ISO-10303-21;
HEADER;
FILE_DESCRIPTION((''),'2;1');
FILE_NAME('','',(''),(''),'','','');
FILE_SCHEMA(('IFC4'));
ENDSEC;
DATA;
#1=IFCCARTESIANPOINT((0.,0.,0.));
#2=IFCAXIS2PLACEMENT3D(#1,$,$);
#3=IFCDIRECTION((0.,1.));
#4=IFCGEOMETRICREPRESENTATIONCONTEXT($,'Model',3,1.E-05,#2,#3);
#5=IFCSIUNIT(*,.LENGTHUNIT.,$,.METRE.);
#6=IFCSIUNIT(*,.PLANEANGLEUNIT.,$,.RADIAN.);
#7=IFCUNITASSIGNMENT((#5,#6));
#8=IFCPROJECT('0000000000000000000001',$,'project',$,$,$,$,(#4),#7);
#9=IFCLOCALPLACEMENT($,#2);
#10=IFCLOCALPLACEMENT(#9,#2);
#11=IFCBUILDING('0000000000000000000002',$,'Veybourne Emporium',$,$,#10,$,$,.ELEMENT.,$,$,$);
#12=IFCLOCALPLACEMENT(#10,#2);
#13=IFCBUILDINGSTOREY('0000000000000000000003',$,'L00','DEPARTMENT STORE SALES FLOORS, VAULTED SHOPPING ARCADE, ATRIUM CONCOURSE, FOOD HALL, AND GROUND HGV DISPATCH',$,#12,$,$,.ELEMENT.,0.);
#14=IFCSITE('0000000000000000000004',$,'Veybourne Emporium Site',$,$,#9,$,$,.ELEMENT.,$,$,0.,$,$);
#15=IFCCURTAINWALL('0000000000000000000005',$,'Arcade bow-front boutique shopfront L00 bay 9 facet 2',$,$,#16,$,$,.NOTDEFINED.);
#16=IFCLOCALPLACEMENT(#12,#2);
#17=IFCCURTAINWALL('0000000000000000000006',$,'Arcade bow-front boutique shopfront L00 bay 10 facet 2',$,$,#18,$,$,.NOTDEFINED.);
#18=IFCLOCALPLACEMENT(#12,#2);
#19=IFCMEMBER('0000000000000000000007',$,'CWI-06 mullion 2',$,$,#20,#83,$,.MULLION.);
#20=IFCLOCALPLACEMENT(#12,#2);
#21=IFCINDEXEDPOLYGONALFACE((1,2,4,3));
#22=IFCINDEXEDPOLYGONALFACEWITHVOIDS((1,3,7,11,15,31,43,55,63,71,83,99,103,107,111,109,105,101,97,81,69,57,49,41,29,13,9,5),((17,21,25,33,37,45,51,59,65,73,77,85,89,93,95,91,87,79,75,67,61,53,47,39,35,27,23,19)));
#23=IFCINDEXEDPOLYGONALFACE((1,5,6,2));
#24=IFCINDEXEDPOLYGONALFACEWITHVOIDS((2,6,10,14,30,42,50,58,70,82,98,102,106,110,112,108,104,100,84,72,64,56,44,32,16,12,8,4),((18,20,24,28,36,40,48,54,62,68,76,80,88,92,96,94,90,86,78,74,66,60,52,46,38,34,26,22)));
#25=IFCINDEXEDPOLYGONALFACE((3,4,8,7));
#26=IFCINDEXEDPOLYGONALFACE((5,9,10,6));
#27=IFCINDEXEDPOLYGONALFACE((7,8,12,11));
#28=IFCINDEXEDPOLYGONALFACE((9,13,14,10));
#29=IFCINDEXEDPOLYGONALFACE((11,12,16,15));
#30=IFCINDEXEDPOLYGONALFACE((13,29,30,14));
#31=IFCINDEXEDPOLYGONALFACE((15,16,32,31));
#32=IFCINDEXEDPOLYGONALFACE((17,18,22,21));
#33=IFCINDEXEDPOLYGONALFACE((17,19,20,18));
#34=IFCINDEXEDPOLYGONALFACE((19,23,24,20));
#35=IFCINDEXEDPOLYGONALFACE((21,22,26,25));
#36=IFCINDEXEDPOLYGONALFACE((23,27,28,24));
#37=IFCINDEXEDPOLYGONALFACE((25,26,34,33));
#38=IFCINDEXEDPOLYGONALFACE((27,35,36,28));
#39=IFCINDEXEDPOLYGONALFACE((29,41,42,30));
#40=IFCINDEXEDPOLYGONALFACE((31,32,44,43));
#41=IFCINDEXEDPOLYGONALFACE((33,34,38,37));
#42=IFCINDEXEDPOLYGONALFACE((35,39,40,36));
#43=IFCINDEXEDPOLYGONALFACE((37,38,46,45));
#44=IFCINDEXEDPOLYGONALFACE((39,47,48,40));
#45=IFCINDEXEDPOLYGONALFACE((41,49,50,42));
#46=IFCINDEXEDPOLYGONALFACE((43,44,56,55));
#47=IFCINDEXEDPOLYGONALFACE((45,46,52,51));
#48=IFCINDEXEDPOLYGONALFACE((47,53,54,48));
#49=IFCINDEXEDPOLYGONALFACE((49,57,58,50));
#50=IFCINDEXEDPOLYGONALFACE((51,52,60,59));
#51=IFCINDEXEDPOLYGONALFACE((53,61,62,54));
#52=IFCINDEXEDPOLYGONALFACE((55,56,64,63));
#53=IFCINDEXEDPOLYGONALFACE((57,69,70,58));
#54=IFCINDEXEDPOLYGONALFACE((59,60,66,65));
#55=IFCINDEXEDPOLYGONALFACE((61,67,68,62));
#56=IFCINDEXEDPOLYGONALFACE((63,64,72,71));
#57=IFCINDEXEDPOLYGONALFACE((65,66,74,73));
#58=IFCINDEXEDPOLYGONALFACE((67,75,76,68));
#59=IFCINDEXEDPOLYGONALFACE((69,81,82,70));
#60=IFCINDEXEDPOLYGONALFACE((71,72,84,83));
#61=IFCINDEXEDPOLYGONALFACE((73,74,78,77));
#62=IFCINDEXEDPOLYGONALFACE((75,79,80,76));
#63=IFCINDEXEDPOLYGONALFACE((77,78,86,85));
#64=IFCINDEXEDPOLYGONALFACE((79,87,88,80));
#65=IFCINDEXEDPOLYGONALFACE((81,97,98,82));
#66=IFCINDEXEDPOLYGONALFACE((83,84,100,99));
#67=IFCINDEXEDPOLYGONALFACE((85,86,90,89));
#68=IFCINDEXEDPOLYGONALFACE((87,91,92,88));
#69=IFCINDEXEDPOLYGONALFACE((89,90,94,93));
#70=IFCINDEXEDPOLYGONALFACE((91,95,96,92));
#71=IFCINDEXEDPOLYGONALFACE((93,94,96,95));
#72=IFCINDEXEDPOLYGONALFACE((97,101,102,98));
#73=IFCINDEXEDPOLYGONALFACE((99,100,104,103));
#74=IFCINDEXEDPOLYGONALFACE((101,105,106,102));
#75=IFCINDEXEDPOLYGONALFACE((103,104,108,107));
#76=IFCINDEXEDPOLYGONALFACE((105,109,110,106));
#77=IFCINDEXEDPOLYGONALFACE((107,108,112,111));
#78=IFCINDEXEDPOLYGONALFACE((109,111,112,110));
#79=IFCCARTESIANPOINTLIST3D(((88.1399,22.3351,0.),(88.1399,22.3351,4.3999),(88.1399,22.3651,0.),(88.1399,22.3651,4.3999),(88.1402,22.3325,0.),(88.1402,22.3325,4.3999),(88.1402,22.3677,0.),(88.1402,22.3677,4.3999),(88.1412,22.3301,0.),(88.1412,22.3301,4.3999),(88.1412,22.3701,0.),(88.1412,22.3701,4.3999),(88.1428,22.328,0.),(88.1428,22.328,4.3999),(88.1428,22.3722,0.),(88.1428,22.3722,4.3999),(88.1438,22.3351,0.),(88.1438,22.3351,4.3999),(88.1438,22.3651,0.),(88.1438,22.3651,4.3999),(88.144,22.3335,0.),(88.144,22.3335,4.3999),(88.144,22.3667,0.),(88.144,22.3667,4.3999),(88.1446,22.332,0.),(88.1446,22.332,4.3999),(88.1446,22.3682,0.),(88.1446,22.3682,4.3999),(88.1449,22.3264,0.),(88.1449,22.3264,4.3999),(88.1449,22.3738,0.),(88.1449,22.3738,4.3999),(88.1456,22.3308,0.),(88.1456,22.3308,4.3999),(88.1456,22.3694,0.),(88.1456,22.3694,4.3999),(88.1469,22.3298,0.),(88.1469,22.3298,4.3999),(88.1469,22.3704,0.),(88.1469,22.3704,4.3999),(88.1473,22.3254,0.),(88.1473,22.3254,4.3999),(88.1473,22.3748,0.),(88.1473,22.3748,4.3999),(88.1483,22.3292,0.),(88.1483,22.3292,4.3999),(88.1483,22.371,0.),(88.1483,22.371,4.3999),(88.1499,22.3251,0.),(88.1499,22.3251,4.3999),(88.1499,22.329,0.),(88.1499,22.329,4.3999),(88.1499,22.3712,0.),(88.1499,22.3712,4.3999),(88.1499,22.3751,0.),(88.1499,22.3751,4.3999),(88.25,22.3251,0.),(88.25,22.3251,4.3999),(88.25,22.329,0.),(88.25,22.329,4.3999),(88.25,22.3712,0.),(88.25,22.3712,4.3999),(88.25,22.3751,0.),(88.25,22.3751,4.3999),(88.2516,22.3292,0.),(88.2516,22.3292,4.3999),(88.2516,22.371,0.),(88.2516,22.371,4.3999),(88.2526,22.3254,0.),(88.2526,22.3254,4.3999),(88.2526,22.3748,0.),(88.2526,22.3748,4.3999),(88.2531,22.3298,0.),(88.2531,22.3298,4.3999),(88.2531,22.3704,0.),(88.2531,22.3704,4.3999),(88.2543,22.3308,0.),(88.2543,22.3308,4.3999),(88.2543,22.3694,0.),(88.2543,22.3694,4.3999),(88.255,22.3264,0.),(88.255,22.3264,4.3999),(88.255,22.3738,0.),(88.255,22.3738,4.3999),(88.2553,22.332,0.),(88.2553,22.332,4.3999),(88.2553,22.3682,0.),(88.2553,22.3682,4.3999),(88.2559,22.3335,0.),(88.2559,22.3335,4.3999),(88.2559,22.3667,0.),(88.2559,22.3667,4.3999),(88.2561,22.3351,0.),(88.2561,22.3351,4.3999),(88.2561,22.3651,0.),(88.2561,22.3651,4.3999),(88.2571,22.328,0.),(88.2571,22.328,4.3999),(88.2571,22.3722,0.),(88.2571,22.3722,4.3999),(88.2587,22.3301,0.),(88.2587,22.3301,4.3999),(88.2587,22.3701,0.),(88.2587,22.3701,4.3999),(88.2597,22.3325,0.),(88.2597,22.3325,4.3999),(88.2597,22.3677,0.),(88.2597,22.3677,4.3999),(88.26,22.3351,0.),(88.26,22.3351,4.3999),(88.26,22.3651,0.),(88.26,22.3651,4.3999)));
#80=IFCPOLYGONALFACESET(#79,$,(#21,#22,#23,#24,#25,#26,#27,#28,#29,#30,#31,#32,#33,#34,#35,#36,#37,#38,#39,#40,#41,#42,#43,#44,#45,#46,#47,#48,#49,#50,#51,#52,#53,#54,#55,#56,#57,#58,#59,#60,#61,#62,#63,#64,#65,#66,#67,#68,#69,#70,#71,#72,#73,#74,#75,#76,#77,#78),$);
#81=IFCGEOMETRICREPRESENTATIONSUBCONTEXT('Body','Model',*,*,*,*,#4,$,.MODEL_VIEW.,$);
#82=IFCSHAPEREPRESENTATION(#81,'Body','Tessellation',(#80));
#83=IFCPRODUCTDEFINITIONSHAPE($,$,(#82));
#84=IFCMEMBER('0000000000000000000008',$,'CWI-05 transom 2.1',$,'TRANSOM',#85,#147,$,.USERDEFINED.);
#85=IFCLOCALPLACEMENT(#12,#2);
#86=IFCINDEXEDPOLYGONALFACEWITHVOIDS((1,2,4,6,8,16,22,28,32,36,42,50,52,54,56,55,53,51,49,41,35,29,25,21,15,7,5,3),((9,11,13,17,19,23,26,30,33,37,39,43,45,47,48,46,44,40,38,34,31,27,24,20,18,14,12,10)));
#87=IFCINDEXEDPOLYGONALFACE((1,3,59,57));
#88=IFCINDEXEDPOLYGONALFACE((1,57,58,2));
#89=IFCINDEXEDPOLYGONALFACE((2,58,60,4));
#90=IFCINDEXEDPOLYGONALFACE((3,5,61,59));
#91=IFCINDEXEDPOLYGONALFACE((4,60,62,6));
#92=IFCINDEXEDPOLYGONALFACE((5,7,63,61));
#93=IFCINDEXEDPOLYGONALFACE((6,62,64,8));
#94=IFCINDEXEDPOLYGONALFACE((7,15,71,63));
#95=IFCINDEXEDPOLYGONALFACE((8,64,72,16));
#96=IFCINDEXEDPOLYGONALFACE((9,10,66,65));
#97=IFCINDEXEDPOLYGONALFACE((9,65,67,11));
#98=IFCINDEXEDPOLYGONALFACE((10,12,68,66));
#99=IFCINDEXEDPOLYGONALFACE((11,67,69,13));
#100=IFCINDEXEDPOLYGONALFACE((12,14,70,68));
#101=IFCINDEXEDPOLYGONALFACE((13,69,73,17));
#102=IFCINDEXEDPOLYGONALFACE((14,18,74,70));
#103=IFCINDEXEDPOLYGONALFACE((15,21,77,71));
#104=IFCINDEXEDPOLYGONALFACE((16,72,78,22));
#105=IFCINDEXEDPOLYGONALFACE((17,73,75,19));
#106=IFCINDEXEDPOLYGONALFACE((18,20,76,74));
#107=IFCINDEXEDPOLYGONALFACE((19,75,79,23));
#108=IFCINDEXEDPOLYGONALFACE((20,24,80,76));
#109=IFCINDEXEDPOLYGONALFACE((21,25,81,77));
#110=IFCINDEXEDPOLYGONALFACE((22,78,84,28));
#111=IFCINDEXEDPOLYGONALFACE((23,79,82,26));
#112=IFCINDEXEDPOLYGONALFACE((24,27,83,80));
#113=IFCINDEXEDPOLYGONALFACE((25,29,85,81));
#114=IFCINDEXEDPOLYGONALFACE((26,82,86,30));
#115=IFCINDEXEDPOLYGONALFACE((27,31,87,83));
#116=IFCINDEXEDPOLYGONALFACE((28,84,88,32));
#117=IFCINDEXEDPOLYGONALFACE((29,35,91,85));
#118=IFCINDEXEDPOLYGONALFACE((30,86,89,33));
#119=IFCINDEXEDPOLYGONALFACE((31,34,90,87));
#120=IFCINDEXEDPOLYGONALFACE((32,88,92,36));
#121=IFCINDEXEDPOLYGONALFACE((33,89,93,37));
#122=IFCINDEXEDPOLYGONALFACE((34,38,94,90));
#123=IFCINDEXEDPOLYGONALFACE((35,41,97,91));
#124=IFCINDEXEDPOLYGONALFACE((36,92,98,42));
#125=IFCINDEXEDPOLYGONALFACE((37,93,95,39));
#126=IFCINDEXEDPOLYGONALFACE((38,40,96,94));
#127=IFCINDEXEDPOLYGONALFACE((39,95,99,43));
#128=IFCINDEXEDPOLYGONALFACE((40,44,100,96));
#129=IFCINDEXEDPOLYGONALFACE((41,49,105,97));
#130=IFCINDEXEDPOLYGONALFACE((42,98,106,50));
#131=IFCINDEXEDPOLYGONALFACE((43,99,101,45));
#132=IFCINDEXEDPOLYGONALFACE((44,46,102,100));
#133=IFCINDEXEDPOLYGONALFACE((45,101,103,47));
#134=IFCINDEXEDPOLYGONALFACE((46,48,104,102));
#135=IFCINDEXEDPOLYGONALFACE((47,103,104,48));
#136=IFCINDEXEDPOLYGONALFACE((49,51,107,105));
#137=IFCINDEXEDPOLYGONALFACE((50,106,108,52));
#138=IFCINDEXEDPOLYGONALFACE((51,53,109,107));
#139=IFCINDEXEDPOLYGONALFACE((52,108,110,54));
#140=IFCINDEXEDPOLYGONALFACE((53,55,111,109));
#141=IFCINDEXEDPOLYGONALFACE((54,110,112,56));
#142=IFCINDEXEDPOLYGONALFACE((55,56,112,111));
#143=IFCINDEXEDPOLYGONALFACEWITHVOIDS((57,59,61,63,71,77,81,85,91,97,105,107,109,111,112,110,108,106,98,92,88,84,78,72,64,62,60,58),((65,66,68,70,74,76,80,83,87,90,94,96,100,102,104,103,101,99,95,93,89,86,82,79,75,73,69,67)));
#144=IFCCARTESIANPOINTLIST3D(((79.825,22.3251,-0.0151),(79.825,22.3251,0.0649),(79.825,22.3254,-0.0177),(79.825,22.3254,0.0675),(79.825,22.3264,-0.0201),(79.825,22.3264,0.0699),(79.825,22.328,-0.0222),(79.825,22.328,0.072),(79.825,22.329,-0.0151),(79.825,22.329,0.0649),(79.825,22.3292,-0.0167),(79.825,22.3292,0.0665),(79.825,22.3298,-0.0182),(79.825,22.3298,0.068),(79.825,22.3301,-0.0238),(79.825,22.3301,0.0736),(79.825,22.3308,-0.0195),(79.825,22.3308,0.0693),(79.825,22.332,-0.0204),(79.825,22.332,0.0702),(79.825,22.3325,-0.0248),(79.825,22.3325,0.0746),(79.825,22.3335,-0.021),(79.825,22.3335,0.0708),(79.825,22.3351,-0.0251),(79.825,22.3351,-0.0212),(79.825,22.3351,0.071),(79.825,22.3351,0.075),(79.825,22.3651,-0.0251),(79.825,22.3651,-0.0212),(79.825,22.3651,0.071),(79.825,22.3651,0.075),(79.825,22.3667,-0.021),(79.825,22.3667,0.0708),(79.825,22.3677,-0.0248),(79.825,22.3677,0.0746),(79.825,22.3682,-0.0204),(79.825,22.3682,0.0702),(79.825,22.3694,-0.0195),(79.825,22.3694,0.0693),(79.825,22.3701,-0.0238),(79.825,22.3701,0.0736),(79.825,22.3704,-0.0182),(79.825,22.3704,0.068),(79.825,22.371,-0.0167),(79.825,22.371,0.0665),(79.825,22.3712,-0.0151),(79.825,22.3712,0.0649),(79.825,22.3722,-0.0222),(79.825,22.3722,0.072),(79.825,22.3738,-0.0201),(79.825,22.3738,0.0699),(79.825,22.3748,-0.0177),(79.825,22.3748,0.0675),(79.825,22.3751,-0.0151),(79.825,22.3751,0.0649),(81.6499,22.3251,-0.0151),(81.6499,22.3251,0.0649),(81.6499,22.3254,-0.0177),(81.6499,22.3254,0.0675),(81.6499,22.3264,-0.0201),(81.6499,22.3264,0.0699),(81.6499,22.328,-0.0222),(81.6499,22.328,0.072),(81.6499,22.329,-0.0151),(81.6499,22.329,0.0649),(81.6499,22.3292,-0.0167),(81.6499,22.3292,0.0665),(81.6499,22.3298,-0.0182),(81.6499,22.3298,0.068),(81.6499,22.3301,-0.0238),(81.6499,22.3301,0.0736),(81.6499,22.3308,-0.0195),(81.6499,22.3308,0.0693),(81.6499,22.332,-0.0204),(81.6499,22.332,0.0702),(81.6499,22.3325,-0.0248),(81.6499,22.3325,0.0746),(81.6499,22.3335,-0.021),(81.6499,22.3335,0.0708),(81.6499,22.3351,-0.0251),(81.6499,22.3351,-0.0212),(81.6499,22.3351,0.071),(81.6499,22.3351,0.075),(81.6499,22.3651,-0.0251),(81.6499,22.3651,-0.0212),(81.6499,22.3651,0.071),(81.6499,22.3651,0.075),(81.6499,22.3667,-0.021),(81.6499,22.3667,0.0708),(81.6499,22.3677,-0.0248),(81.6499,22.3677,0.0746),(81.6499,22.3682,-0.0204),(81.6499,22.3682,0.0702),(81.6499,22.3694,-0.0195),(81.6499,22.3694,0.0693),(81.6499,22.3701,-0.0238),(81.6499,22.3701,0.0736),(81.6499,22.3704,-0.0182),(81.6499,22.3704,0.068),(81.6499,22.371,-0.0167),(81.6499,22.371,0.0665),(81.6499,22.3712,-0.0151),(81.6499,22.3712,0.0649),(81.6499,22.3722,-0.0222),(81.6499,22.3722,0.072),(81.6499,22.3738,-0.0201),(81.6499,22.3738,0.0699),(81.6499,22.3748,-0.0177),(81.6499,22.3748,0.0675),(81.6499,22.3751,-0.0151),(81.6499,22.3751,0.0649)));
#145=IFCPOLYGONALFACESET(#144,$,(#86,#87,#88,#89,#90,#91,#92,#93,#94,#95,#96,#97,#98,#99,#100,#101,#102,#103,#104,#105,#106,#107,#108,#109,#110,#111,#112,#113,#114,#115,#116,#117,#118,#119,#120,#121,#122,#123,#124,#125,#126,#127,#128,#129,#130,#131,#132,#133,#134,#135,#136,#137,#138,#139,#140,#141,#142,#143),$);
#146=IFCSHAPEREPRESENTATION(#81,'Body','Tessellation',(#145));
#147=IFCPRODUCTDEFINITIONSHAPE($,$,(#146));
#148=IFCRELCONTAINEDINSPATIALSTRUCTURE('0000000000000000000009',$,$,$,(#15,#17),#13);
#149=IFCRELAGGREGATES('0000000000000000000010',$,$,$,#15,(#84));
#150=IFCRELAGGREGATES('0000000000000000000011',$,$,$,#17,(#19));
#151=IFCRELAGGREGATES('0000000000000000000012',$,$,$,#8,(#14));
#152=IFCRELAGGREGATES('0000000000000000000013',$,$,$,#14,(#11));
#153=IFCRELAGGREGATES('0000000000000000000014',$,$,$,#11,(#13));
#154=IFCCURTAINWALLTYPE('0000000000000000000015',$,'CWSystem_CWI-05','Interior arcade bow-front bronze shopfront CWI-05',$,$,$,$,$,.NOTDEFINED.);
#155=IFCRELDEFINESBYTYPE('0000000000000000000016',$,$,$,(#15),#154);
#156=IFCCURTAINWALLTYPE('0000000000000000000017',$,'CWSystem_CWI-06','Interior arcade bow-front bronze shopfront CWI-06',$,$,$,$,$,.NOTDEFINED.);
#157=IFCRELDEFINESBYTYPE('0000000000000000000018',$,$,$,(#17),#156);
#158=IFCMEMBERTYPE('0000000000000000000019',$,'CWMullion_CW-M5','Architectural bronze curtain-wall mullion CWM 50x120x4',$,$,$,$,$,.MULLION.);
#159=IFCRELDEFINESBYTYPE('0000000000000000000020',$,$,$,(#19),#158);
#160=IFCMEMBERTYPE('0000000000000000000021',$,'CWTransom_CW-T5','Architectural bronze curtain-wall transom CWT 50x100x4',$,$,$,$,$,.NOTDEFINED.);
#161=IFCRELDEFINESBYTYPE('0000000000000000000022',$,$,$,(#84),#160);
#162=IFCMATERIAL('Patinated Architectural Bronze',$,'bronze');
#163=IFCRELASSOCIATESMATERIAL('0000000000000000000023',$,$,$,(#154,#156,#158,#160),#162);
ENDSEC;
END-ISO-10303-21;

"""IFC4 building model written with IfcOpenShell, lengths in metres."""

from ifc_helpers import new_model, si_unit, direction, frame, origin, origin_2d, place, context, subcontext, project, spatial, hollow_rectangle, extrude, material, material_profile, profile_set, type_object, element, aggregate, save


model = new_model("IFC4")

# Units and contexts
model_context = context("Model", 3, precision=1e-05, world=origin(), true_north=direction((0.0, 1.0)))
body_context = subcontext(model_context, "Body", "Model", "MODEL_VIEW")
ifc_project = project(units=[si_unit("LENGTHUNIT", "METRE"), si_unit("PLANEANGLEUNIT", "RADIAN")], contexts=[model_context])

# Site, building, storey
site_placement = place(None, origin())
site = spatial("IfcSite", under=ifc_project, at=site_placement, Name="Veybourne Emporium Site", CompositionType="ELEMENT", RefElevation=0.0)
building_placement = place(site_placement, origin())
building = spatial("IfcBuilding", under=site, at=building_placement, Name="Veybourne Emporium", CompositionType="ELEMENT")
storey_placement = place(building_placement, origin())
storey = spatial("IfcBuildingStorey", under=building, at=storey_placement, Name="L00", Description="DEPARTMENT STORE SALES FLOORS, VAULTED SHOPPING ARCADE, ATRIUM CONCOURSE, FOOD HALL, AND GROUND HGV DISPATCH", CompositionType="ELEMENT", Elevation=0.0)

# Curtain wall
ifc_material_1 = material(Name="Patinated Architectural Bronze", Category="bronze")
curtain_wall_type_1 = type_object("IfcCurtainWallType", Name="CWSystem_CWI-05", Description="Interior arcade bow-front bronze shopfront CWI-05", PredefinedType="NOTDEFINED", material=ifc_material_1)
curtain_wall_1_placement = place(storey_placement, origin())
curtain_wall_1 = element("IfcCurtainWall", 1, at=curtain_wall_1_placement, inside=storey, type_object=curtain_wall_type_1, Name="Arcade bow-front boutique shopfront L00 bay 9 facet 2", PredefinedType="NOTDEFINED")
ifc_material_profile_1 = material_profile(ifc_material_1, hollow_rectangle(XDim=0.05, YDim=0.1201, WallThickness=0.0039, InnerFilletRadius=0.0061, OuterFilletRadius=0.01, at=origin_2d()), Name="CWM 50x120x4")
ifc_profile_set_1 = profile_set([ifc_material_profile_1], Name="Patinated Architectural Bronze")
member_type_1 = type_object("IfcMemberType", Name="CWMullion_CW-M5", Description="Architectural bronze curtain-wall mullion CWM 50x120x4", PredefinedType="MULLION", material=ifc_profile_set_1)

# Shared definitions
curtain_wall_type_2 = type_object("IfcCurtainWallType", Name="CWSystem_CWI-06", Description="Interior arcade bow-front bronze shopfront CWI-06", PredefinedType="NOTDEFINED", material=ifc_material_1)

# Curtain wall, member
curtain_wall_2_placement = place(storey_placement, origin())
curtain_wall_2 = element("IfcCurtainWall", 2, at=curtain_wall_2_placement, inside=storey, type_object=curtain_wall_type_2, Name="Arcade bow-front boutique shopfront L00 bay 10 facet 2", PredefinedType="NOTDEFINED")
member_1_placement = place(storey_placement, frame((88.2, 22.3501, 0.0), z_axis=(0.0, 0.0, 1.0), x_axis=(0.0, 1.0, 0.0)))
member_1 = element("IfcMember", 3, at=member_1_placement, type_object=member_type_1, Name="CWI-06 mullion 2", PredefinedType="MULLION", context=body_context, shape_type="SweptSolid", body=[
    extrude(hollow_rectangle(XDim=0.05, YDim=0.1201, WallThickness=0.0039, InnerFilletRadius=0.0061, OuterFilletRadius=0.01, at=origin_2d()), origin(), (0.0, 0.0, 1.0), 4.3999),
])

# Member
ifc_material_profile_2 = material_profile(ifc_material_1, hollow_rectangle(XDim=0.05, YDim=0.1001, WallThickness=0.0039, InnerFilletRadius=0.0061, OuterFilletRadius=0.01, at=origin_2d()), Name="CWT 50x100x4")
ifc_profile_set_2 = profile_set([ifc_material_profile_2], Name="Patinated Architectural Bronze")
member_type_2 = type_object("IfcMemberType", Name="CWTransom_CW-T5", Description="Architectural bronze curtain-wall transom CWT 50x100x4", PredefinedType="NOTDEFINED", material=ifc_profile_set_2)
member_2_placement = place(storey_placement, frame((79.825, 22.3501, 0.0249), z_axis=(1.0, 0.0, 0.0), x_axis=(0.0, 1.0, 0.0)))
member_2 = element("IfcMember", 4, at=member_2_placement, type_object=member_type_2, Name="CWI-05 transom 2.1", ObjectType="TRANSOM", PredefinedType="USERDEFINED", context=body_context, shape_type="SweptSolid", body=[
    extrude(hollow_rectangle(XDim=0.05, YDim=0.1001, WallThickness=0.0039, InnerFilletRadius=0.0061, OuterFilletRadius=0.01, at=origin_2d()), origin(), (0.0, 0.0, 1.0), 1.825),
])

aggregate(curtain_wall_1, [member_2])
aggregate(curtain_wall_2, [member_1])

save(model, "model.ifc")
